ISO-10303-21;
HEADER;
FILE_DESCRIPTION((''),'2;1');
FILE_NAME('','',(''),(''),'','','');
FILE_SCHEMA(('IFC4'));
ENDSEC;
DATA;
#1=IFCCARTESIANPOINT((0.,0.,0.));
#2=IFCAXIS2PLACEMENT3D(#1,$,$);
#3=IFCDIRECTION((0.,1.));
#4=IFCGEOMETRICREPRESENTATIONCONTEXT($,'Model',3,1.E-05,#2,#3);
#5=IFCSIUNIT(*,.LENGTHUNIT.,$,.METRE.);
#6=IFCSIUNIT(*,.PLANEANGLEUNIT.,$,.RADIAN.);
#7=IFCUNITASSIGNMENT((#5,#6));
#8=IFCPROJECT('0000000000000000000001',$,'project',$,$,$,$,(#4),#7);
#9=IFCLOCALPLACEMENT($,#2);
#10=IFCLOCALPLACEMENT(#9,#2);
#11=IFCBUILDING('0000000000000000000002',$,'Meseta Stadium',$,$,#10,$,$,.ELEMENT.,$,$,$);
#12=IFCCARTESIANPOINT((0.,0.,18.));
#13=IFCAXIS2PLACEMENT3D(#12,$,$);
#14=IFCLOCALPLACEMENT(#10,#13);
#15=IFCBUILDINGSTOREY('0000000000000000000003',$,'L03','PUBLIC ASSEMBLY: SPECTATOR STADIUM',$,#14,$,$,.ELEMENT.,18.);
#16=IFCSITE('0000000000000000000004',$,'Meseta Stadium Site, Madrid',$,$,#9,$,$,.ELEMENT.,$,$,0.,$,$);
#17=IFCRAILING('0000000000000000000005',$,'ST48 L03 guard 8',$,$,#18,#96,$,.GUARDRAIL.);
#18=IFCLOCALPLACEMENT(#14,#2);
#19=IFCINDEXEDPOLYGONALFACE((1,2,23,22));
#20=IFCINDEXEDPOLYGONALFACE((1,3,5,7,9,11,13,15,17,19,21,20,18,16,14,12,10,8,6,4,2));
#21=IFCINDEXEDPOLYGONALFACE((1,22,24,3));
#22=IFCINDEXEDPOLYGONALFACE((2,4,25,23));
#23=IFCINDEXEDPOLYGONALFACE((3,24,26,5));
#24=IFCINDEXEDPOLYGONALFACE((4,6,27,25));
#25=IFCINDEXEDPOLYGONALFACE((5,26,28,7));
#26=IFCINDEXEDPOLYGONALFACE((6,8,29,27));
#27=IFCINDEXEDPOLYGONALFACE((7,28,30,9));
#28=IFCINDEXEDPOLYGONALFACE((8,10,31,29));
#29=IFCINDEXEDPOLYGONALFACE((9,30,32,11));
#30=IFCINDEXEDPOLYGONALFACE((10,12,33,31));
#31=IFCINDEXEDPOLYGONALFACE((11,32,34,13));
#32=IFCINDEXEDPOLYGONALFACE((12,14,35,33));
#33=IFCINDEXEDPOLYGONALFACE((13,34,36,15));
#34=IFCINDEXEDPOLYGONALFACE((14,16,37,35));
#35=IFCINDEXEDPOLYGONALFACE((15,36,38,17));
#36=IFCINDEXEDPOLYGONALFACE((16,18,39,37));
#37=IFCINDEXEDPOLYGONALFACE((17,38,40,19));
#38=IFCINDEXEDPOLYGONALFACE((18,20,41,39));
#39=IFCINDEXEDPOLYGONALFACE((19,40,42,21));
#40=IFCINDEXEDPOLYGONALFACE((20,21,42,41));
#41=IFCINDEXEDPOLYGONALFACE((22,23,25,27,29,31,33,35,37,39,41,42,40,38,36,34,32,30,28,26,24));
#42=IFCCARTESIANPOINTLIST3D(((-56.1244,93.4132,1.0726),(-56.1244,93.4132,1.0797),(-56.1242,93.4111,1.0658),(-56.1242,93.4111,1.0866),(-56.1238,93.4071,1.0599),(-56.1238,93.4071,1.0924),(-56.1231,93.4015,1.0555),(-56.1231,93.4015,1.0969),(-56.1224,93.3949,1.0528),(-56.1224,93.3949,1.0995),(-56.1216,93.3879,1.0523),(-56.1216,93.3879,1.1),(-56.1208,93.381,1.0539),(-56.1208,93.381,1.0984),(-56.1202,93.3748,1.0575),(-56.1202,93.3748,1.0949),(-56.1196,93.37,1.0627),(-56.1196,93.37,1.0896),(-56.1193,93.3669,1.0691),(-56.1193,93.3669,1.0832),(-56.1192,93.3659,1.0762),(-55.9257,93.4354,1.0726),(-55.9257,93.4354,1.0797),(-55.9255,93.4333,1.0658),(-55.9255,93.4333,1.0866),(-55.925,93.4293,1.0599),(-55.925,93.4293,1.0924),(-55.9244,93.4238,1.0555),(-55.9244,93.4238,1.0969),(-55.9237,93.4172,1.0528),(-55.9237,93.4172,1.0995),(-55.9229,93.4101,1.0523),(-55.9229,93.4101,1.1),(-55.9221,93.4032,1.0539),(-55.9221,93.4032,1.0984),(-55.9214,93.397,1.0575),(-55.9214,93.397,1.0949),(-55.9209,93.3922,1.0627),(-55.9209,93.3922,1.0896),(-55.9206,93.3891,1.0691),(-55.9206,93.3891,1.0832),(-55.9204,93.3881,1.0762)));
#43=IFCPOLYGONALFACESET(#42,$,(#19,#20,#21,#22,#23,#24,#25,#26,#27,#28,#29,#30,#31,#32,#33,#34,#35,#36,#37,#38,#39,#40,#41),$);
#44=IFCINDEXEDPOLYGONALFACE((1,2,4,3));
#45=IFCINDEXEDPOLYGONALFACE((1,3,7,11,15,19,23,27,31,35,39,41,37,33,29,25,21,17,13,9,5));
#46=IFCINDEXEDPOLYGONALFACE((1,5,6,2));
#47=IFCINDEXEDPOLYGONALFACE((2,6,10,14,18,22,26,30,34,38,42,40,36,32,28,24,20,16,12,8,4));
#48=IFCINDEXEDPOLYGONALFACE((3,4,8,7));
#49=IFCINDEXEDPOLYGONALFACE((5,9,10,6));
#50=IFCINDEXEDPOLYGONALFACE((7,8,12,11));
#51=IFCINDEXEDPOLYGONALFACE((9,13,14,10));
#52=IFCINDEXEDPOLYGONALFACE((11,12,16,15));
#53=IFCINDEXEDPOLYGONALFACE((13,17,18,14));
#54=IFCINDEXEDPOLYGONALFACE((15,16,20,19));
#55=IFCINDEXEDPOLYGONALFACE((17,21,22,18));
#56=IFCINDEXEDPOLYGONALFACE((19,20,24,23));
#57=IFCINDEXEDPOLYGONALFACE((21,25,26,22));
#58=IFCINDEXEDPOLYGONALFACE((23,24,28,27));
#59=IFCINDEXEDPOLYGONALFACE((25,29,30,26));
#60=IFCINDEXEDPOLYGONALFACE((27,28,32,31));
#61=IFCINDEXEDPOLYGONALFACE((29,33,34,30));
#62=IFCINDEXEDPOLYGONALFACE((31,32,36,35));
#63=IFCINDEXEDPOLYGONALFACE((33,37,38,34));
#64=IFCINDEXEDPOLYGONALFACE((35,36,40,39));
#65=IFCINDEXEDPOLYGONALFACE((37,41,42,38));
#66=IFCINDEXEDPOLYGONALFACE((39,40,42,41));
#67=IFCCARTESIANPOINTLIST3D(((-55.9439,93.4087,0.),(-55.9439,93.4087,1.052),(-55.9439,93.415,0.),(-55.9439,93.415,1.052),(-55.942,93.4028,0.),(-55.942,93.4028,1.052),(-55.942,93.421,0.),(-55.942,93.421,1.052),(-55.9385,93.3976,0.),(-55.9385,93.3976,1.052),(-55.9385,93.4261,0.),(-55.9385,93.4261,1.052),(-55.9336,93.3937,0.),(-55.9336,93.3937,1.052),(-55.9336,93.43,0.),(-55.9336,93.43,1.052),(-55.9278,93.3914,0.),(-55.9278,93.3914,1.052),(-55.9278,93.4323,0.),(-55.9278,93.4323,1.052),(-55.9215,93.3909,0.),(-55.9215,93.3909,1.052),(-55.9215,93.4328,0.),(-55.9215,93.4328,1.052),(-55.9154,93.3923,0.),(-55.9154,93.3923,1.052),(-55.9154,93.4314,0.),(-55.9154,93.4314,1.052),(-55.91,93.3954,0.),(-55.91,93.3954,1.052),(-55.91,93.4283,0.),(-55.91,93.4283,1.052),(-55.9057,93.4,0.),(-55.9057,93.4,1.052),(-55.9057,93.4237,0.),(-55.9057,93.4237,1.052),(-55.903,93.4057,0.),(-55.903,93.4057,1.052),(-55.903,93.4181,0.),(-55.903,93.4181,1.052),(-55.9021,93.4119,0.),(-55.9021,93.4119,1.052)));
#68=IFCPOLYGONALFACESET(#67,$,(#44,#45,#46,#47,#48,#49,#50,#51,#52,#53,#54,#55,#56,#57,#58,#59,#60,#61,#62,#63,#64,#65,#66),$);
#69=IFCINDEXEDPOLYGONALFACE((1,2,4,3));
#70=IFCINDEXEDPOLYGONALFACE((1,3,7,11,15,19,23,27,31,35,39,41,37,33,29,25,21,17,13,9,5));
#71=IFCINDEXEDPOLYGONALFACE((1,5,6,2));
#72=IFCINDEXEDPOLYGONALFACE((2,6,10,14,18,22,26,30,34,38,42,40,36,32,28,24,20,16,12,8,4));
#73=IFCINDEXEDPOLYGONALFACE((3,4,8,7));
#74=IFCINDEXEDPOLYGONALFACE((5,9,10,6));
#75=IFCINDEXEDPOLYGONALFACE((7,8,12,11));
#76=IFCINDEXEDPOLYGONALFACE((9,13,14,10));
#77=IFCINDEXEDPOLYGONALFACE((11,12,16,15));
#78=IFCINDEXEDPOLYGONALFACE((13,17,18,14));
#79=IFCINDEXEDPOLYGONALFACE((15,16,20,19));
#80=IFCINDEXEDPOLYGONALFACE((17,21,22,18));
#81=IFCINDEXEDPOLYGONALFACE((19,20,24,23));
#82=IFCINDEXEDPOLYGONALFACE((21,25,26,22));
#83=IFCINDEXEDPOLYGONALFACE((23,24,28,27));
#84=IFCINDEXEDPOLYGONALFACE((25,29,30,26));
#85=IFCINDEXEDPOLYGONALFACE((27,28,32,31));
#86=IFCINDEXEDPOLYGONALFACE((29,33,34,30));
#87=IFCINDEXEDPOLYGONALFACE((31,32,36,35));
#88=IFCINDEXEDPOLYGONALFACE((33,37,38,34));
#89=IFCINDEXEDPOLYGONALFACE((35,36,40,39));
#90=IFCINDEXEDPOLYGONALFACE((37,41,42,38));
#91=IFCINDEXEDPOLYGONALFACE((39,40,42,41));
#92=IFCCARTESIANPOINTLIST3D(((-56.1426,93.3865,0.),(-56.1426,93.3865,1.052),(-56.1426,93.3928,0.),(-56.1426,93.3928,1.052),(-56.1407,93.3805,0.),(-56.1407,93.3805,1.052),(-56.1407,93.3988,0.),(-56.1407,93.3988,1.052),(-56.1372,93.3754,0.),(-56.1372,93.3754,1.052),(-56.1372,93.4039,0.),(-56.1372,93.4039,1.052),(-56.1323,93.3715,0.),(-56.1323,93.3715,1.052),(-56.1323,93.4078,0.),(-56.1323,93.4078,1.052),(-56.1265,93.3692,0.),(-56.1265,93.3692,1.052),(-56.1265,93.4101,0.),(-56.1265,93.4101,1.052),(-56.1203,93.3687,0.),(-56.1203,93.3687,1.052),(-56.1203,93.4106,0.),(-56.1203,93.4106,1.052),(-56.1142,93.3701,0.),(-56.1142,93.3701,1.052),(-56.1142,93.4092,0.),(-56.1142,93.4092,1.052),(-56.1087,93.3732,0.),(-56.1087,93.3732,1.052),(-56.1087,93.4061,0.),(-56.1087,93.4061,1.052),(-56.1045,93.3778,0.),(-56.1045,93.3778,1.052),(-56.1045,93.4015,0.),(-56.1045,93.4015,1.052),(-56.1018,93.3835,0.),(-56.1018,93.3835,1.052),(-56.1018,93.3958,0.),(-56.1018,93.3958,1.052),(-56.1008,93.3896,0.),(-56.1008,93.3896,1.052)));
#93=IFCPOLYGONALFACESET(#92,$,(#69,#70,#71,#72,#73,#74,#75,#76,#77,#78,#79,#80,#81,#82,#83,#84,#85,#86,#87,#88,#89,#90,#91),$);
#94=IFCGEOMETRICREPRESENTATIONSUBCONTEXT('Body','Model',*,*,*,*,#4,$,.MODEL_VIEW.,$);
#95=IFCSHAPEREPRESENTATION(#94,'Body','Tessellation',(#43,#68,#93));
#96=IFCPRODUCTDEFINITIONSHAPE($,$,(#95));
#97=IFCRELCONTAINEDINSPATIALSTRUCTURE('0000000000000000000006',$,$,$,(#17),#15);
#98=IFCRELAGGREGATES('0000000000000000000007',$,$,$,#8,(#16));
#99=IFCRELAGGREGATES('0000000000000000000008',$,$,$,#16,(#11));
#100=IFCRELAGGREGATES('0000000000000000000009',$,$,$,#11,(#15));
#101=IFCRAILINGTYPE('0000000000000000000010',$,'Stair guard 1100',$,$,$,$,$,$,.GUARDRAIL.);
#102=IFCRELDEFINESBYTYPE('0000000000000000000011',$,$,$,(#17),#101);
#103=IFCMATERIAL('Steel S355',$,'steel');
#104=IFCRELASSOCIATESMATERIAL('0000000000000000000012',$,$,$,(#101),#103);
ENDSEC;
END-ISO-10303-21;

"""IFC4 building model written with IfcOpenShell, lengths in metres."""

from ifc_helpers import new_model, si_unit, direction, frame, origin, origin_2d, place, context, subcontext, project, spatial, circle, extrude, material, type_object, element, save


model = new_model("IFC4")

# Units and contexts
model_context = context("Model", 3, precision=1e-05, world=origin(), true_north=direction((0.0, 1.0)))
body_context = subcontext(model_context, "Body", "Model", "MODEL_VIEW")
ifc_project = project(units=[si_unit("LENGTHUNIT", "METRE"), si_unit("PLANEANGLEUNIT", "RADIAN")], contexts=[model_context])

# Site, building, storey
site_placement = place(None, origin())
site = spatial("IfcSite", under=ifc_project, at=site_placement, Name="Meseta Stadium Site, Madrid", CompositionType="ELEMENT", RefElevation=0.0)
building_placement = place(site_placement, origin())
building = spatial("IfcBuilding", under=site, at=building_placement, Name="Meseta Stadium", CompositionType="ELEMENT")
storey_placement = place(building_placement, frame((0.0, 0.0, 18.0)))
storey = spatial("IfcBuildingStorey", under=building, at=storey_placement, Name="L03", Description="PUBLIC ASSEMBLY: SPECTATOR STADIUM", CompositionType="ELEMENT", Elevation=18.0)

# Railing
ifc_material_1 = material(Name="Steel S355", Category="steel")
railing_type_1 = type_object("IfcRailingType", Name="Stair guard 1100", PredefinedType="GUARDRAIL", material=ifc_material_1)
railing_1_placement = place(storey_placement, frame((-55.9231, 93.4119, 0.0)))
element("IfcRailing", 1, at=railing_1_placement, inside=storey, type_object=railing_type_1, Name="ST48 L03 guard 8", PredefinedType="GUARDRAIL", context=body_context, shape_type="SweptSolid", body=[
    extrude(circle(Radius=0.0239, at=origin_2d()), frame((0.0, 0.0, 1.0762), z_axis=(-0.993809, -0.111102, 0.0), x_axis=(0.111102, -0.993809, 0.0)), (0.0, 0.0, 1.0), 0.2),
    extrude(circle(Radius=0.021, at=origin_2d()), origin(), (0.0, 0.0, 1.0), 1.052),
    extrude(circle(Radius=0.021, at=origin_2d()), frame((-0.1987, -0.0222, 0.0)), (0.0, 0.0, 1.0), 1.052),
])

save(model, "model.ifc")
